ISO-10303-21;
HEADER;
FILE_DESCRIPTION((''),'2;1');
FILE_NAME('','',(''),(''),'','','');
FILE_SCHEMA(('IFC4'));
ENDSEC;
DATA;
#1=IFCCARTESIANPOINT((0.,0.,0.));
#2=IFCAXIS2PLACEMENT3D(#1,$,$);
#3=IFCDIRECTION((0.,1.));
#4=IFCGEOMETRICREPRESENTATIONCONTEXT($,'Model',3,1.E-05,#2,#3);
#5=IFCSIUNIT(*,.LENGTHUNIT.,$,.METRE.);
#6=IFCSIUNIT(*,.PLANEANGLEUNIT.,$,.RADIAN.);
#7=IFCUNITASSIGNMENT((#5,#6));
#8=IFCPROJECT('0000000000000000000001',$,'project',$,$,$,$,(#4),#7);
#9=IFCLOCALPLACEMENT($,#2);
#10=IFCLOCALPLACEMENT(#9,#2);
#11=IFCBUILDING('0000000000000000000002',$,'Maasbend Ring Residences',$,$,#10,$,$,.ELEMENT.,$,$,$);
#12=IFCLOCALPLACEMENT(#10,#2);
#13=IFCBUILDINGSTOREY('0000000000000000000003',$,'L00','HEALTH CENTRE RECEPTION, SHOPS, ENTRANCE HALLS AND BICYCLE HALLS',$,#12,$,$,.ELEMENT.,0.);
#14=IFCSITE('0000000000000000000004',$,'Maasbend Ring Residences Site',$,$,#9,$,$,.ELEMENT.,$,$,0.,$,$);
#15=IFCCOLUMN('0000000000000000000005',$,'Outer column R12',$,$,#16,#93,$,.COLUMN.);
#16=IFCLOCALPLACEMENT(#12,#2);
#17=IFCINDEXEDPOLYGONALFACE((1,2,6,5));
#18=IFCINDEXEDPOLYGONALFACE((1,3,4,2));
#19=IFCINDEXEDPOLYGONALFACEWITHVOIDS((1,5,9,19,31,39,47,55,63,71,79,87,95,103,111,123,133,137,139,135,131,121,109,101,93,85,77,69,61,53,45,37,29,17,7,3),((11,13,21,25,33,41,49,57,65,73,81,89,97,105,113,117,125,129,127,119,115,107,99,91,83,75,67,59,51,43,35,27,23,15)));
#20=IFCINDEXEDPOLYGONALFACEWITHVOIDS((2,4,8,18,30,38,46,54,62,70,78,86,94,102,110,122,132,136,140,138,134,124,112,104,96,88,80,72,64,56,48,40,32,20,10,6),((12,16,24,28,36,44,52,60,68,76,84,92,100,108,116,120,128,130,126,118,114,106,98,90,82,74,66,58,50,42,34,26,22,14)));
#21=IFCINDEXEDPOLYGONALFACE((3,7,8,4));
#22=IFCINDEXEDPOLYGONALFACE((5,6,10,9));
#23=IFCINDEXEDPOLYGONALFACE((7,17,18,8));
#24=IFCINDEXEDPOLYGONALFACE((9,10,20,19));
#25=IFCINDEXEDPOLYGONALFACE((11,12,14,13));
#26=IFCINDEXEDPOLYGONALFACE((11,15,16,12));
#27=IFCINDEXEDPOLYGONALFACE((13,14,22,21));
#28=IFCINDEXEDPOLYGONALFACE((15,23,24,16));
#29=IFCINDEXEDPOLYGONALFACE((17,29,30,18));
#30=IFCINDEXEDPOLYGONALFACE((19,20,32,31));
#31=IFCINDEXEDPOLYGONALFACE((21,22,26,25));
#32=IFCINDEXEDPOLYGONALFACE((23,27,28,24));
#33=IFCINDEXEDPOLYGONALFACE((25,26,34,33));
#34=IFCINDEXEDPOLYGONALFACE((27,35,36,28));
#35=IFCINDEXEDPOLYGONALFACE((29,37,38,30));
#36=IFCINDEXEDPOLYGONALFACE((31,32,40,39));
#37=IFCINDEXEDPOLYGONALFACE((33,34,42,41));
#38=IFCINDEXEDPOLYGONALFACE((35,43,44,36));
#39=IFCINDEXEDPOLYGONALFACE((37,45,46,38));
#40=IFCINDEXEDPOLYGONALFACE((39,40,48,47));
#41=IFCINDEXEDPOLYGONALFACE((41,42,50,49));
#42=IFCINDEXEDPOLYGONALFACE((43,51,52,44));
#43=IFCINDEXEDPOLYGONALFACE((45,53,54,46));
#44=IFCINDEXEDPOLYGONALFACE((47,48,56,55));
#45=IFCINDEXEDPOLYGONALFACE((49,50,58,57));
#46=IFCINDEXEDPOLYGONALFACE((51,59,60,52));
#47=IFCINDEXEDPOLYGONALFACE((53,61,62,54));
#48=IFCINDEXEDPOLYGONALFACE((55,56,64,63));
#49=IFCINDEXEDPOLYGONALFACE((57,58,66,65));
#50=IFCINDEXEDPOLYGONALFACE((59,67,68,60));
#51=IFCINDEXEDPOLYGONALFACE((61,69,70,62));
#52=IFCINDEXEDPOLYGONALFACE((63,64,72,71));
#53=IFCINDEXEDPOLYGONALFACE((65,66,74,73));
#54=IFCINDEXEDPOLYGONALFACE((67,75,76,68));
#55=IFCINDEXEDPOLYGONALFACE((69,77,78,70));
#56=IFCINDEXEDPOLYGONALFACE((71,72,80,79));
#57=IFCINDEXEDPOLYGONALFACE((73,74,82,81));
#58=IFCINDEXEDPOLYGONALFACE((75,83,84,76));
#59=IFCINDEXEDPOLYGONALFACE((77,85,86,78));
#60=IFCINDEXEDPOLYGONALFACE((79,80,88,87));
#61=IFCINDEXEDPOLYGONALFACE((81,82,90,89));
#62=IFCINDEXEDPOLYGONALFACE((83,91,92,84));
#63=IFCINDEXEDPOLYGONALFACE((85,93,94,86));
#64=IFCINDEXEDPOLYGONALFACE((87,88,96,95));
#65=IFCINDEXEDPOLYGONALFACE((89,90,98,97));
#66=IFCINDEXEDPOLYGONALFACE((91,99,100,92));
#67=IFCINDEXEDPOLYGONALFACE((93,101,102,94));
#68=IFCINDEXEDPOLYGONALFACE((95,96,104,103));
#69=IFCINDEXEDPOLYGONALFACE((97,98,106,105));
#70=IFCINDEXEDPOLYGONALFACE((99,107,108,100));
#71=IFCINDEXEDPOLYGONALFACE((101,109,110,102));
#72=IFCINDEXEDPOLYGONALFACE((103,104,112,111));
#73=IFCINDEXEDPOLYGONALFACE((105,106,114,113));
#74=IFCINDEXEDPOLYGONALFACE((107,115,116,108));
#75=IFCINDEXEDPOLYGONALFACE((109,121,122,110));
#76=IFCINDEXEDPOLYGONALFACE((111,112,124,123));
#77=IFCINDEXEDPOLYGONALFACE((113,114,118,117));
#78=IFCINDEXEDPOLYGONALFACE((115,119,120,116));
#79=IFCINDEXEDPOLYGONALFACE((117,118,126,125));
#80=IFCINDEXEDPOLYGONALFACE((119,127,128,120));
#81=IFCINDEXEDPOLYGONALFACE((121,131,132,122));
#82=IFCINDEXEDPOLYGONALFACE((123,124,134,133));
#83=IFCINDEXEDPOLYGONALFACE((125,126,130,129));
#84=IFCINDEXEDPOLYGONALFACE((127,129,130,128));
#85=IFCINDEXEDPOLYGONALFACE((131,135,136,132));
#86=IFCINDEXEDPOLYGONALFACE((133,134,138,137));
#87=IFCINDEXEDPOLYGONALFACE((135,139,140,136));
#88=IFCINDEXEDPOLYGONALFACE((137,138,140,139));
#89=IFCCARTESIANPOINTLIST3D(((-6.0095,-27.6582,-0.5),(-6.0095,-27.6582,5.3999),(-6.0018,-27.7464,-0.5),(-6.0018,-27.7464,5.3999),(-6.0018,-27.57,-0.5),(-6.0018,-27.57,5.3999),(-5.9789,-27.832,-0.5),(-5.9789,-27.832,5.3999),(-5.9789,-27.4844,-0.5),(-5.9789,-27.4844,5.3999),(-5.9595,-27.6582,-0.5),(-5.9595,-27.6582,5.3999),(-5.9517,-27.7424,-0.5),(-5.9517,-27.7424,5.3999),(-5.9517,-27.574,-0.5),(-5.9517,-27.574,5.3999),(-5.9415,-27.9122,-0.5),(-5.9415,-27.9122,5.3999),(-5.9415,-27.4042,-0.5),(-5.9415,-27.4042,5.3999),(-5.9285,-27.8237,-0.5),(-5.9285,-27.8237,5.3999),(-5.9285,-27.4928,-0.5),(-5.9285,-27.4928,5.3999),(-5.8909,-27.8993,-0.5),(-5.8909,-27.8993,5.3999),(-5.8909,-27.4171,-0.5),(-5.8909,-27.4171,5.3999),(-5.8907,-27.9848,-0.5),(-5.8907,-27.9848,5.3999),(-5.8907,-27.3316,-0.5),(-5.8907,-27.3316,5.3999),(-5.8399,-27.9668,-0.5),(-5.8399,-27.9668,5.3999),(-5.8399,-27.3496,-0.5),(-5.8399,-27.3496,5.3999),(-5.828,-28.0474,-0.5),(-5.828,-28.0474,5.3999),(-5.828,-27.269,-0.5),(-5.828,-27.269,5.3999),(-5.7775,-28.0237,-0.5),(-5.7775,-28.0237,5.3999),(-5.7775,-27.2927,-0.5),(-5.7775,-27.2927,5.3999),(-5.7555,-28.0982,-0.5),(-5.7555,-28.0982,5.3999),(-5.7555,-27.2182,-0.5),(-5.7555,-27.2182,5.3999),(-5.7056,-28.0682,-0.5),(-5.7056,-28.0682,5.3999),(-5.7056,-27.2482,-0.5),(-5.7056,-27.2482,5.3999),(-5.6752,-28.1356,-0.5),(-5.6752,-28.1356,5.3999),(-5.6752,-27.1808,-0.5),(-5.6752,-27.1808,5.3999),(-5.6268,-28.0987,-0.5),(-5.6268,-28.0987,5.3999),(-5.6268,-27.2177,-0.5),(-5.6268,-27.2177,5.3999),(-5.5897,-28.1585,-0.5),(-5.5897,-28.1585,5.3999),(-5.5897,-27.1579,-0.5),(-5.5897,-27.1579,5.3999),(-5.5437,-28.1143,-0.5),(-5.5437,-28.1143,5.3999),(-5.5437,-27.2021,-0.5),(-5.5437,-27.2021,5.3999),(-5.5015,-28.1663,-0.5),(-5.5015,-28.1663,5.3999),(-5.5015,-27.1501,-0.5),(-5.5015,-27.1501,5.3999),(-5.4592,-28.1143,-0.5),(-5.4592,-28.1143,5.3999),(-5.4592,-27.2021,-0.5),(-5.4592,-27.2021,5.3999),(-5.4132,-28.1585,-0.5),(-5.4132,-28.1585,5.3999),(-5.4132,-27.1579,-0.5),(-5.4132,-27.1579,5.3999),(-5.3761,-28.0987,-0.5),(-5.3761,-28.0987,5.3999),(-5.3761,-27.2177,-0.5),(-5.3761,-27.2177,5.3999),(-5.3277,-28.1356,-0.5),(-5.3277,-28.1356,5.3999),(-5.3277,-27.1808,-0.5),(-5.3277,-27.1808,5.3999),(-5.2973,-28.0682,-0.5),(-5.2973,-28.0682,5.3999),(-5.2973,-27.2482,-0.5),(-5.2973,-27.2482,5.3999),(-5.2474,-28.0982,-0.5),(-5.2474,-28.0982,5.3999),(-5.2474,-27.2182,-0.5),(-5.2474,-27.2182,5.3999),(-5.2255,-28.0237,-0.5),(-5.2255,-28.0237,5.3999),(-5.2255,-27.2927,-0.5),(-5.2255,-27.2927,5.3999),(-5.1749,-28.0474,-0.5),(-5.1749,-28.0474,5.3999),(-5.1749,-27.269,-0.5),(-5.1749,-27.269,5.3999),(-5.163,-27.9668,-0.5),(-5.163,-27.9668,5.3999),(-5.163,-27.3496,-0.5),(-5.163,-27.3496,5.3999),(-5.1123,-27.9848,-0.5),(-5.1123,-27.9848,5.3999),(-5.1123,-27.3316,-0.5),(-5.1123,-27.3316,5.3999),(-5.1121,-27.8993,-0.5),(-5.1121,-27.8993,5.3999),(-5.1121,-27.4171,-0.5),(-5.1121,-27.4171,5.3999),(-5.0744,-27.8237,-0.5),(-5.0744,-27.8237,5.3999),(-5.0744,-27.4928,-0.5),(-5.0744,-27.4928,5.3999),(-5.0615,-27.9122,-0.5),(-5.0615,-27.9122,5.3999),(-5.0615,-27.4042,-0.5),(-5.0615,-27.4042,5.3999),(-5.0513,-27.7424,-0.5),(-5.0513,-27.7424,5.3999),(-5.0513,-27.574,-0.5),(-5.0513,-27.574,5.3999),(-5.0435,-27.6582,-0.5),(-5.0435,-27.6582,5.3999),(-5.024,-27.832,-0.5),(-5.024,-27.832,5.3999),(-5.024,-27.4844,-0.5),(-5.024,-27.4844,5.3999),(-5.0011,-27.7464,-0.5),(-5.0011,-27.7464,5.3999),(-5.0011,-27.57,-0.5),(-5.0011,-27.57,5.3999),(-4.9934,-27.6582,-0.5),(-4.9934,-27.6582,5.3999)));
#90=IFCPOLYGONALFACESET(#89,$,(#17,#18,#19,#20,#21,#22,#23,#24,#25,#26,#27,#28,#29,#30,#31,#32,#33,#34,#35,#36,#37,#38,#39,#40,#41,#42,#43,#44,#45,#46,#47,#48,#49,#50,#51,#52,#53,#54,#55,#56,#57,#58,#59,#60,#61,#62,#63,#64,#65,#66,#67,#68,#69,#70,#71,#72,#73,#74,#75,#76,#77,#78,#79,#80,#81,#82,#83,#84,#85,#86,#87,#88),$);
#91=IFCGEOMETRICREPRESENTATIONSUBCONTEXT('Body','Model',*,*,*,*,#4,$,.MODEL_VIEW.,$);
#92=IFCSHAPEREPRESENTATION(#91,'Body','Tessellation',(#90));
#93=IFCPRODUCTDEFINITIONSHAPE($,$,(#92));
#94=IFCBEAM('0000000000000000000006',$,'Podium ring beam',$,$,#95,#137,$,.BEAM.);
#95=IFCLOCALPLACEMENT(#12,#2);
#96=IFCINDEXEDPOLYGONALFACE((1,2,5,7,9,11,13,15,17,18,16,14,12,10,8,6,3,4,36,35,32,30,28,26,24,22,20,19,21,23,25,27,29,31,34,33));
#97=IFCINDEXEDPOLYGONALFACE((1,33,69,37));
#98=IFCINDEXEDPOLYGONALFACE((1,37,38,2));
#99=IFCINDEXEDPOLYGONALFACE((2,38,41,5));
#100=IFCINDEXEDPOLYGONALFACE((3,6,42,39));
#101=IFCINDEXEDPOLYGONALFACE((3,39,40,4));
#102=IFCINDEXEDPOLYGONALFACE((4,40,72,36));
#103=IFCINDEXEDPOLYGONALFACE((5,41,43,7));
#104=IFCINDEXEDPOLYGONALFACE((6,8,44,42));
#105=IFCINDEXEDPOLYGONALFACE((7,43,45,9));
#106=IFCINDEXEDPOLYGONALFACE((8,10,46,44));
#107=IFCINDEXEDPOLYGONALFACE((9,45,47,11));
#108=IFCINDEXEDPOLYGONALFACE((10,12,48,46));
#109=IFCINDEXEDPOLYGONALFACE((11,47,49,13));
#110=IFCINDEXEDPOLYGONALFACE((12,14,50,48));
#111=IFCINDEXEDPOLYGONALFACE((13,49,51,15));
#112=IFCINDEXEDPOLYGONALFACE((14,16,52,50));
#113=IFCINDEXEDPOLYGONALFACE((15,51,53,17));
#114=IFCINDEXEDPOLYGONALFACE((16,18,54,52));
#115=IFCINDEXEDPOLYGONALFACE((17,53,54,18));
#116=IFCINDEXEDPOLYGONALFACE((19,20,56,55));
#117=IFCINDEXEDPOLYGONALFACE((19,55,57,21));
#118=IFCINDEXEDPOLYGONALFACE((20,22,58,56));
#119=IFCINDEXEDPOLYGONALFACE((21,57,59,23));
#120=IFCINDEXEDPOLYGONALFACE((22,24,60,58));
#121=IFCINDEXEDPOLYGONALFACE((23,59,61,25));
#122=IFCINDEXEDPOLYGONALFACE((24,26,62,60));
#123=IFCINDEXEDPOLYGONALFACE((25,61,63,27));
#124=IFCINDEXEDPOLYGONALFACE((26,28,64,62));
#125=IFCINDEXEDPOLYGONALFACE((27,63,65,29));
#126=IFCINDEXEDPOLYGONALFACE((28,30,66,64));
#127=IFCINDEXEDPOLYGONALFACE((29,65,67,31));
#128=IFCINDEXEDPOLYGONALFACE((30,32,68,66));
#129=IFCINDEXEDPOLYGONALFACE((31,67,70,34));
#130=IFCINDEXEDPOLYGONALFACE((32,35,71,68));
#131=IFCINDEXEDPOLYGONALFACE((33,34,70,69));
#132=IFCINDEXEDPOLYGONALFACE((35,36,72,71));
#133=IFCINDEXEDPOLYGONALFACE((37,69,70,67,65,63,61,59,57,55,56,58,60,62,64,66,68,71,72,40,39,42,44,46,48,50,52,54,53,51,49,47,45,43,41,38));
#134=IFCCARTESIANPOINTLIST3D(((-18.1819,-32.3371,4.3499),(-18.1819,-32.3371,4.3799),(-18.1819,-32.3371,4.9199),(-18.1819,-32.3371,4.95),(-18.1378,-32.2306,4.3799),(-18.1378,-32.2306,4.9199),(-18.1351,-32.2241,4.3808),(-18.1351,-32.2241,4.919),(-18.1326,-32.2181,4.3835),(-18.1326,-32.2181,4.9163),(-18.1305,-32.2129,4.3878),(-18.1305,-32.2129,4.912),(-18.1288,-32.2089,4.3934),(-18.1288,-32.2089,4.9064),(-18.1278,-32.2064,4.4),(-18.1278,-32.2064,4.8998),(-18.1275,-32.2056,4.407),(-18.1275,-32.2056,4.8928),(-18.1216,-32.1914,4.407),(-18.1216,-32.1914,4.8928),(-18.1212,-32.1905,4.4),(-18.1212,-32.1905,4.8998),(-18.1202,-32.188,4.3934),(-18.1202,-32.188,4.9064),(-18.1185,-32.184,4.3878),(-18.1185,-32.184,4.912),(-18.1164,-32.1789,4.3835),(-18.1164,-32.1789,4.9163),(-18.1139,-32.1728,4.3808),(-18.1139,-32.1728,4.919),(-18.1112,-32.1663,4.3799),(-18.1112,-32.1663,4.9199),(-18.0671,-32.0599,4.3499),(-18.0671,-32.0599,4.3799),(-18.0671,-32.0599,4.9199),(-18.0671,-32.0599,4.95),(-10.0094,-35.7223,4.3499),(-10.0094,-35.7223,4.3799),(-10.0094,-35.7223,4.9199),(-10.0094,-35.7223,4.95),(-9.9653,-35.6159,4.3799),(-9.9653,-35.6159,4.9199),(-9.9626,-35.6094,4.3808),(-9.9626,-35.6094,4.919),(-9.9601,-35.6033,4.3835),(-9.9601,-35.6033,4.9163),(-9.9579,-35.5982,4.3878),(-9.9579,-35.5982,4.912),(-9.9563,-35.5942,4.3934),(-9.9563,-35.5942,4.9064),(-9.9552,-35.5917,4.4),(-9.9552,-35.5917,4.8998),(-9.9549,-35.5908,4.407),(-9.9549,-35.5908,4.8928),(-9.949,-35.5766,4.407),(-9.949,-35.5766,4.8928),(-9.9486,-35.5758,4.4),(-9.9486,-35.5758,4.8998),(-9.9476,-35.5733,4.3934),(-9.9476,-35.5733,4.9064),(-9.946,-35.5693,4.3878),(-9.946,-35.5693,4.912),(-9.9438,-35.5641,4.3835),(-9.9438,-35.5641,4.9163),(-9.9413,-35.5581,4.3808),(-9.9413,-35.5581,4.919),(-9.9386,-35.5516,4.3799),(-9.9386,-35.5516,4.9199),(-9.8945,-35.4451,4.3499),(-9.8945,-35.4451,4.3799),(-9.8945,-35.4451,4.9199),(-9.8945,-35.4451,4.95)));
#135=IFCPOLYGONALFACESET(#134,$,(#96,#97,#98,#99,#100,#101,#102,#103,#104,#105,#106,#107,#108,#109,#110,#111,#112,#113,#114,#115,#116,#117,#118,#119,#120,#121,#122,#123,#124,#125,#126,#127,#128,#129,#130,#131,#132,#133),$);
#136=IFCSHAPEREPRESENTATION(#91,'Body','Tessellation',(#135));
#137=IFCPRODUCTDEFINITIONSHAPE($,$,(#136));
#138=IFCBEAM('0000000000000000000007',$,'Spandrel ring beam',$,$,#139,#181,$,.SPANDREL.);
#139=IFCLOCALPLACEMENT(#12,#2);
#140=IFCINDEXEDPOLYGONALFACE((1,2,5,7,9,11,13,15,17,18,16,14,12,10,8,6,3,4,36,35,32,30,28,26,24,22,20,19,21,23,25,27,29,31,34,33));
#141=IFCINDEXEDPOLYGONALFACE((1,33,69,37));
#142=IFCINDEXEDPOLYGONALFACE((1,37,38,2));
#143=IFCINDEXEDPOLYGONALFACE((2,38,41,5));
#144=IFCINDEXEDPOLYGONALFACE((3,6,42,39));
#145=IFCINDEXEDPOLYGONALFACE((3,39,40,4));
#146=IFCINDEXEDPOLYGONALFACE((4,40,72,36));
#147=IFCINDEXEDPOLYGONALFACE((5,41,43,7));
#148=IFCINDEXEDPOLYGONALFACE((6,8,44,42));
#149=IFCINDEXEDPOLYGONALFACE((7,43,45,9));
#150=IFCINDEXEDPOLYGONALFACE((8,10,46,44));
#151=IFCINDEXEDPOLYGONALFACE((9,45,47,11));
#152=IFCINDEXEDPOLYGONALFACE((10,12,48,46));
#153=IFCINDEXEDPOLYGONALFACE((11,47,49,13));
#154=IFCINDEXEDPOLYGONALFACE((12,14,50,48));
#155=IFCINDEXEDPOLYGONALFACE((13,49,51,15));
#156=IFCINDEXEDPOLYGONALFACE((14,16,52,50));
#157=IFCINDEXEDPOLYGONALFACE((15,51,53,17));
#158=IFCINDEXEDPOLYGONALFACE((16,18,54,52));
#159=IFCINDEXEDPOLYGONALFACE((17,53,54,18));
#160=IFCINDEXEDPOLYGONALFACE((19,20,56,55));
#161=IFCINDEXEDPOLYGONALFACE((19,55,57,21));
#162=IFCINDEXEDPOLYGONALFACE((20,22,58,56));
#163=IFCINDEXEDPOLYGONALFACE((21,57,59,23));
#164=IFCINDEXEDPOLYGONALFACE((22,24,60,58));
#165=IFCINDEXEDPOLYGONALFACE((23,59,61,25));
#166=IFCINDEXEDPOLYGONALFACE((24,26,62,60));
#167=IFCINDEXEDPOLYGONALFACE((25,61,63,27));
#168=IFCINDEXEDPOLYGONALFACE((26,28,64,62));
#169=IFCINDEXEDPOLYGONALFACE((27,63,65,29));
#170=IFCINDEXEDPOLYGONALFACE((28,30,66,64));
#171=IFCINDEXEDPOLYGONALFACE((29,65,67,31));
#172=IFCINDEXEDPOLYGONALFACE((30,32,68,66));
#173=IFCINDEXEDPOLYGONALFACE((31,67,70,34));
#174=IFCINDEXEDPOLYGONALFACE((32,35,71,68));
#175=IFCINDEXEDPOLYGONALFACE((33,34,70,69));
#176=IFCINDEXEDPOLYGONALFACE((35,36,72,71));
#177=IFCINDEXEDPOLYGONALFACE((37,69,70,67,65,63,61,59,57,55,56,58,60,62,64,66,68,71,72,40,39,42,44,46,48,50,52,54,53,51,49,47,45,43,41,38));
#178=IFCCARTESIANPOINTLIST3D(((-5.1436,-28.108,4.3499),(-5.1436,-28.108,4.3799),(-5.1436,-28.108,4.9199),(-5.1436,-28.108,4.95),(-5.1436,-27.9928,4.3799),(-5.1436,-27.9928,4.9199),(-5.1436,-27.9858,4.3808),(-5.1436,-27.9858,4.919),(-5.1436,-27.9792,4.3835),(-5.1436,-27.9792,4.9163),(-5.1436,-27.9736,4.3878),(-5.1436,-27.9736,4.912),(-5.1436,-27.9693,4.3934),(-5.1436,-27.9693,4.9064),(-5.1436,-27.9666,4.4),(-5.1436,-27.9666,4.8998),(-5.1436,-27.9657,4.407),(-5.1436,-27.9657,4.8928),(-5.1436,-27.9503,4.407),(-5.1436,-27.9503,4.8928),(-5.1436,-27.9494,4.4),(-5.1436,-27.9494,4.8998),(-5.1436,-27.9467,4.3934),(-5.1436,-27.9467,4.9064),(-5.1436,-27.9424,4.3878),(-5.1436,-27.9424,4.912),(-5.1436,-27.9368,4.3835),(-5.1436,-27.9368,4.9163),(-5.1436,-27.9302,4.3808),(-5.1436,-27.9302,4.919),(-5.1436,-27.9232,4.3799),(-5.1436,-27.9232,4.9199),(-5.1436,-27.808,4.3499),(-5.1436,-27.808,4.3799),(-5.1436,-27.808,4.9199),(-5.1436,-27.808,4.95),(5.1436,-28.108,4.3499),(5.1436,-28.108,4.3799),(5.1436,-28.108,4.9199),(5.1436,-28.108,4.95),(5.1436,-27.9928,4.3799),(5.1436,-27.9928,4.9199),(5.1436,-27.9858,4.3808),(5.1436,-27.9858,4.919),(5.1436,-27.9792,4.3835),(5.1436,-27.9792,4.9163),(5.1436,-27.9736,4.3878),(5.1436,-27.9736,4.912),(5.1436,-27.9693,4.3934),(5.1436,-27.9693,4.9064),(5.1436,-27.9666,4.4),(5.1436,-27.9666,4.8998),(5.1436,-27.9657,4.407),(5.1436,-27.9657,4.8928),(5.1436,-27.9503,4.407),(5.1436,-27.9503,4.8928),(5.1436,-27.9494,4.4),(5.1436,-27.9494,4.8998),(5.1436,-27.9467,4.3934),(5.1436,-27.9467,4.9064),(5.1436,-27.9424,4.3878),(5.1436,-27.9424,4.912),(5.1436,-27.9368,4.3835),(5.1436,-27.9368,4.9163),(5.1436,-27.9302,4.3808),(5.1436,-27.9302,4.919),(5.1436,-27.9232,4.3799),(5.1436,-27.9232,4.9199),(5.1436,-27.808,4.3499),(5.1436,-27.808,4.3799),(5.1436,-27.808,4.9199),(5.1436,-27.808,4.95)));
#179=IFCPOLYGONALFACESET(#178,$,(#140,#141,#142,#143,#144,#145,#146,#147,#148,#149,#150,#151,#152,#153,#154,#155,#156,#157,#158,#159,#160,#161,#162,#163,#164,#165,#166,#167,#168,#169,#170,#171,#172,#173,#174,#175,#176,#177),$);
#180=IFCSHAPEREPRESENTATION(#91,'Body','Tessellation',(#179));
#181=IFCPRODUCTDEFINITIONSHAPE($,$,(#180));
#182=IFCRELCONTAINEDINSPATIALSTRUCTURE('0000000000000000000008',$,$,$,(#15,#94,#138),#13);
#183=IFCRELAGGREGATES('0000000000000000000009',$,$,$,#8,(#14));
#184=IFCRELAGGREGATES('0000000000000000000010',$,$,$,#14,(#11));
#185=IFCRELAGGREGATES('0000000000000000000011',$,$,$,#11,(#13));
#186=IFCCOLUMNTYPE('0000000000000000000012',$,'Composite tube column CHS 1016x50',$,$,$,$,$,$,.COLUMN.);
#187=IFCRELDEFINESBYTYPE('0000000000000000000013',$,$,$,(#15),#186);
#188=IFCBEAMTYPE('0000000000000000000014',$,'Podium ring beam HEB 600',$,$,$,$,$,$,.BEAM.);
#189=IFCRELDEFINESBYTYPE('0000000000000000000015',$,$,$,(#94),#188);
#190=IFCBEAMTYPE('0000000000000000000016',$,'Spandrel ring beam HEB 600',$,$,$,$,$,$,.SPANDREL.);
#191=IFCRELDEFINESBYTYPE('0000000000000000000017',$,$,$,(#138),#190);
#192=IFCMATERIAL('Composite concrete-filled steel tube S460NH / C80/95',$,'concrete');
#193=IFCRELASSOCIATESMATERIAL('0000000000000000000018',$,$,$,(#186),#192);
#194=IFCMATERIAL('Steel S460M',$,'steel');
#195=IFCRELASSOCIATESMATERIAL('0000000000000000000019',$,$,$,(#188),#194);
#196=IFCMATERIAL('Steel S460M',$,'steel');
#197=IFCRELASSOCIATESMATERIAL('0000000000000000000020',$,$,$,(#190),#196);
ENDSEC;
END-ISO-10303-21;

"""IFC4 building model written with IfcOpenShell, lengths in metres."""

from ifc_helpers import new_model, si_unit, direction, frame, origin, origin_2d, place, context, subcontext, project, spatial, hollow_circle, i_section, extrude, material, material_profile, profile_set, type_object, element, save


model = new_model("IFC4")

# Units and contexts
model_context = context("Model", 3, precision=1e-05, world=origin(), true_north=direction((0.0, 1.0)))
body_context = subcontext(model_context, "Body", "Model", "MODEL_VIEW")
ifc_project = project(units=[si_unit("LENGTHUNIT", "METRE"), si_unit("PLANEANGLEUNIT", "RADIAN")], contexts=[model_context])

# Site, building, storey
site_placement = place(None, origin())
site = spatial("IfcSite", under=ifc_project, at=site_placement, Name="Maasbend Ring Residences Site", CompositionType="ELEMENT", RefElevation=0.0)
building_placement = place(site_placement, origin())
building = spatial("IfcBuilding", under=site, at=building_placement, Name="Maasbend Ring Residences", CompositionType="ELEMENT")
storey_placement = place(building_placement, origin())
storey = spatial("IfcBuildingStorey", under=building, at=storey_placement, Name="L00", Description="HEALTH CENTRE RECEPTION, SHOPS, ENTRANCE HALLS AND BICYCLE HALLS", CompositionType="ELEMENT", Elevation=0.0)

# Column
ifc_material_1 = material(Name="Composite concrete-filled steel tube S460NH / C80/95", Category="concrete")
ifc_material_profile_1 = material_profile(ifc_material_1, hollow_circle(Radius=0.5081, WallThickness=0.05, at=origin_2d()), Name="Composite tube column CHS 1016x50")
ifc_profile_set_1 = profile_set([ifc_material_profile_1], Name="Composite concrete-filled steel tube S460NH / C80/95")
column_type = type_object("IfcColumnType", Name="Composite tube column CHS 1016x50", PredefinedType="COLUMN", material=ifc_profile_set_1)
column_placement = place(storey_placement, frame((-5.5015, -27.6582, -0.5), z_axis=(0.0, 0.0, 1.0), x_axis=(1.0, 0.0, 0.0)))
element("IfcColumn", 1, at=column_placement, inside=storey, type_object=column_type, Name="Outer column R12", PredefinedType="COLUMN", context=body_context, shape_type="SweptSolid", body=[
    extrude(hollow_circle(Radius=0.5081, WallThickness=0.05, at=origin_2d()), origin(), (0.0, 0.0, 1.0), 5.8999),
])

# Beams
ifc_material_2 = material(Name="Steel S460M", Category="steel")
ifc_material_profile_2 = material_profile(ifc_material_2, i_section(OverallWidth=0.3, OverallDepth=0.6001, WebThickness=0.0154, FlangeThickness=0.03, FilletRadius=0.0271, at=origin_2d()), Name="HEB 600")
ifc_profile_set_2 = profile_set([ifc_material_profile_2], Name="Steel S460M")
beam_type_1 = type_object("IfcBeamType", Name="Podium ring beam HEB 600", PredefinedType="BEAM", material=ifc_profile_set_2)
beam_1_placement = place(storey_placement, frame((-18.1245, -32.1985, 4.6499), z_axis=(0.923878, -0.382688, 0.0), x_axis=(0.382688, 0.923878, 0.0)))
element("IfcBeam", 2, at=beam_1_placement, inside=storey, type_object=beam_type_1, Name="Podium ring beam", PredefinedType="BEAM", context=body_context, shape_type="SweptSolid", body=[
    extrude(i_section(OverallWidth=0.3, OverallDepth=0.6001, WebThickness=0.0154, FlangeThickness=0.03, FilletRadius=0.0271, at=origin_2d()), origin(), (0.0, 0.0, 1.0), 8.8459),
])
ifc_material_3 = material(Name="Steel S460M", Category="steel")
ifc_material_profile_3 = material_profile(ifc_material_3, i_section(OverallWidth=0.3, OverallDepth=0.6001, WebThickness=0.0154, FlangeThickness=0.03, FilletRadius=0.0271, at=origin_2d()), Name="HEB 600")
ifc_profile_set_3 = profile_set([ifc_material_profile_3], Name="Steel S460M")
beam_type_2 = type_object("IfcBeamType", Name="Spandrel ring beam HEB 600", PredefinedType="SPANDREL", material=ifc_profile_set_3)
beam_2_placement = place(storey_placement, frame((-5.1436, -27.958, 4.6499), z_axis=(1.0, 0.0, 0.0), x_axis=(0.0, 1.0, 0.0)))
element("IfcBeam", 3, at=beam_2_placement, inside=storey, type_object=beam_type_2, Name="Spandrel ring beam", PredefinedType="SPANDREL", context=body_context, shape_type="SweptSolid", body=[
    extrude(i_section(OverallWidth=0.3, OverallDepth=0.6001, WebThickness=0.0154, FlangeThickness=0.03, FilletRadius=0.0271, at=origin_2d()), origin(), (0.0, 0.0, 1.0), 10.2871),
])

save(model, "model.ifc")
